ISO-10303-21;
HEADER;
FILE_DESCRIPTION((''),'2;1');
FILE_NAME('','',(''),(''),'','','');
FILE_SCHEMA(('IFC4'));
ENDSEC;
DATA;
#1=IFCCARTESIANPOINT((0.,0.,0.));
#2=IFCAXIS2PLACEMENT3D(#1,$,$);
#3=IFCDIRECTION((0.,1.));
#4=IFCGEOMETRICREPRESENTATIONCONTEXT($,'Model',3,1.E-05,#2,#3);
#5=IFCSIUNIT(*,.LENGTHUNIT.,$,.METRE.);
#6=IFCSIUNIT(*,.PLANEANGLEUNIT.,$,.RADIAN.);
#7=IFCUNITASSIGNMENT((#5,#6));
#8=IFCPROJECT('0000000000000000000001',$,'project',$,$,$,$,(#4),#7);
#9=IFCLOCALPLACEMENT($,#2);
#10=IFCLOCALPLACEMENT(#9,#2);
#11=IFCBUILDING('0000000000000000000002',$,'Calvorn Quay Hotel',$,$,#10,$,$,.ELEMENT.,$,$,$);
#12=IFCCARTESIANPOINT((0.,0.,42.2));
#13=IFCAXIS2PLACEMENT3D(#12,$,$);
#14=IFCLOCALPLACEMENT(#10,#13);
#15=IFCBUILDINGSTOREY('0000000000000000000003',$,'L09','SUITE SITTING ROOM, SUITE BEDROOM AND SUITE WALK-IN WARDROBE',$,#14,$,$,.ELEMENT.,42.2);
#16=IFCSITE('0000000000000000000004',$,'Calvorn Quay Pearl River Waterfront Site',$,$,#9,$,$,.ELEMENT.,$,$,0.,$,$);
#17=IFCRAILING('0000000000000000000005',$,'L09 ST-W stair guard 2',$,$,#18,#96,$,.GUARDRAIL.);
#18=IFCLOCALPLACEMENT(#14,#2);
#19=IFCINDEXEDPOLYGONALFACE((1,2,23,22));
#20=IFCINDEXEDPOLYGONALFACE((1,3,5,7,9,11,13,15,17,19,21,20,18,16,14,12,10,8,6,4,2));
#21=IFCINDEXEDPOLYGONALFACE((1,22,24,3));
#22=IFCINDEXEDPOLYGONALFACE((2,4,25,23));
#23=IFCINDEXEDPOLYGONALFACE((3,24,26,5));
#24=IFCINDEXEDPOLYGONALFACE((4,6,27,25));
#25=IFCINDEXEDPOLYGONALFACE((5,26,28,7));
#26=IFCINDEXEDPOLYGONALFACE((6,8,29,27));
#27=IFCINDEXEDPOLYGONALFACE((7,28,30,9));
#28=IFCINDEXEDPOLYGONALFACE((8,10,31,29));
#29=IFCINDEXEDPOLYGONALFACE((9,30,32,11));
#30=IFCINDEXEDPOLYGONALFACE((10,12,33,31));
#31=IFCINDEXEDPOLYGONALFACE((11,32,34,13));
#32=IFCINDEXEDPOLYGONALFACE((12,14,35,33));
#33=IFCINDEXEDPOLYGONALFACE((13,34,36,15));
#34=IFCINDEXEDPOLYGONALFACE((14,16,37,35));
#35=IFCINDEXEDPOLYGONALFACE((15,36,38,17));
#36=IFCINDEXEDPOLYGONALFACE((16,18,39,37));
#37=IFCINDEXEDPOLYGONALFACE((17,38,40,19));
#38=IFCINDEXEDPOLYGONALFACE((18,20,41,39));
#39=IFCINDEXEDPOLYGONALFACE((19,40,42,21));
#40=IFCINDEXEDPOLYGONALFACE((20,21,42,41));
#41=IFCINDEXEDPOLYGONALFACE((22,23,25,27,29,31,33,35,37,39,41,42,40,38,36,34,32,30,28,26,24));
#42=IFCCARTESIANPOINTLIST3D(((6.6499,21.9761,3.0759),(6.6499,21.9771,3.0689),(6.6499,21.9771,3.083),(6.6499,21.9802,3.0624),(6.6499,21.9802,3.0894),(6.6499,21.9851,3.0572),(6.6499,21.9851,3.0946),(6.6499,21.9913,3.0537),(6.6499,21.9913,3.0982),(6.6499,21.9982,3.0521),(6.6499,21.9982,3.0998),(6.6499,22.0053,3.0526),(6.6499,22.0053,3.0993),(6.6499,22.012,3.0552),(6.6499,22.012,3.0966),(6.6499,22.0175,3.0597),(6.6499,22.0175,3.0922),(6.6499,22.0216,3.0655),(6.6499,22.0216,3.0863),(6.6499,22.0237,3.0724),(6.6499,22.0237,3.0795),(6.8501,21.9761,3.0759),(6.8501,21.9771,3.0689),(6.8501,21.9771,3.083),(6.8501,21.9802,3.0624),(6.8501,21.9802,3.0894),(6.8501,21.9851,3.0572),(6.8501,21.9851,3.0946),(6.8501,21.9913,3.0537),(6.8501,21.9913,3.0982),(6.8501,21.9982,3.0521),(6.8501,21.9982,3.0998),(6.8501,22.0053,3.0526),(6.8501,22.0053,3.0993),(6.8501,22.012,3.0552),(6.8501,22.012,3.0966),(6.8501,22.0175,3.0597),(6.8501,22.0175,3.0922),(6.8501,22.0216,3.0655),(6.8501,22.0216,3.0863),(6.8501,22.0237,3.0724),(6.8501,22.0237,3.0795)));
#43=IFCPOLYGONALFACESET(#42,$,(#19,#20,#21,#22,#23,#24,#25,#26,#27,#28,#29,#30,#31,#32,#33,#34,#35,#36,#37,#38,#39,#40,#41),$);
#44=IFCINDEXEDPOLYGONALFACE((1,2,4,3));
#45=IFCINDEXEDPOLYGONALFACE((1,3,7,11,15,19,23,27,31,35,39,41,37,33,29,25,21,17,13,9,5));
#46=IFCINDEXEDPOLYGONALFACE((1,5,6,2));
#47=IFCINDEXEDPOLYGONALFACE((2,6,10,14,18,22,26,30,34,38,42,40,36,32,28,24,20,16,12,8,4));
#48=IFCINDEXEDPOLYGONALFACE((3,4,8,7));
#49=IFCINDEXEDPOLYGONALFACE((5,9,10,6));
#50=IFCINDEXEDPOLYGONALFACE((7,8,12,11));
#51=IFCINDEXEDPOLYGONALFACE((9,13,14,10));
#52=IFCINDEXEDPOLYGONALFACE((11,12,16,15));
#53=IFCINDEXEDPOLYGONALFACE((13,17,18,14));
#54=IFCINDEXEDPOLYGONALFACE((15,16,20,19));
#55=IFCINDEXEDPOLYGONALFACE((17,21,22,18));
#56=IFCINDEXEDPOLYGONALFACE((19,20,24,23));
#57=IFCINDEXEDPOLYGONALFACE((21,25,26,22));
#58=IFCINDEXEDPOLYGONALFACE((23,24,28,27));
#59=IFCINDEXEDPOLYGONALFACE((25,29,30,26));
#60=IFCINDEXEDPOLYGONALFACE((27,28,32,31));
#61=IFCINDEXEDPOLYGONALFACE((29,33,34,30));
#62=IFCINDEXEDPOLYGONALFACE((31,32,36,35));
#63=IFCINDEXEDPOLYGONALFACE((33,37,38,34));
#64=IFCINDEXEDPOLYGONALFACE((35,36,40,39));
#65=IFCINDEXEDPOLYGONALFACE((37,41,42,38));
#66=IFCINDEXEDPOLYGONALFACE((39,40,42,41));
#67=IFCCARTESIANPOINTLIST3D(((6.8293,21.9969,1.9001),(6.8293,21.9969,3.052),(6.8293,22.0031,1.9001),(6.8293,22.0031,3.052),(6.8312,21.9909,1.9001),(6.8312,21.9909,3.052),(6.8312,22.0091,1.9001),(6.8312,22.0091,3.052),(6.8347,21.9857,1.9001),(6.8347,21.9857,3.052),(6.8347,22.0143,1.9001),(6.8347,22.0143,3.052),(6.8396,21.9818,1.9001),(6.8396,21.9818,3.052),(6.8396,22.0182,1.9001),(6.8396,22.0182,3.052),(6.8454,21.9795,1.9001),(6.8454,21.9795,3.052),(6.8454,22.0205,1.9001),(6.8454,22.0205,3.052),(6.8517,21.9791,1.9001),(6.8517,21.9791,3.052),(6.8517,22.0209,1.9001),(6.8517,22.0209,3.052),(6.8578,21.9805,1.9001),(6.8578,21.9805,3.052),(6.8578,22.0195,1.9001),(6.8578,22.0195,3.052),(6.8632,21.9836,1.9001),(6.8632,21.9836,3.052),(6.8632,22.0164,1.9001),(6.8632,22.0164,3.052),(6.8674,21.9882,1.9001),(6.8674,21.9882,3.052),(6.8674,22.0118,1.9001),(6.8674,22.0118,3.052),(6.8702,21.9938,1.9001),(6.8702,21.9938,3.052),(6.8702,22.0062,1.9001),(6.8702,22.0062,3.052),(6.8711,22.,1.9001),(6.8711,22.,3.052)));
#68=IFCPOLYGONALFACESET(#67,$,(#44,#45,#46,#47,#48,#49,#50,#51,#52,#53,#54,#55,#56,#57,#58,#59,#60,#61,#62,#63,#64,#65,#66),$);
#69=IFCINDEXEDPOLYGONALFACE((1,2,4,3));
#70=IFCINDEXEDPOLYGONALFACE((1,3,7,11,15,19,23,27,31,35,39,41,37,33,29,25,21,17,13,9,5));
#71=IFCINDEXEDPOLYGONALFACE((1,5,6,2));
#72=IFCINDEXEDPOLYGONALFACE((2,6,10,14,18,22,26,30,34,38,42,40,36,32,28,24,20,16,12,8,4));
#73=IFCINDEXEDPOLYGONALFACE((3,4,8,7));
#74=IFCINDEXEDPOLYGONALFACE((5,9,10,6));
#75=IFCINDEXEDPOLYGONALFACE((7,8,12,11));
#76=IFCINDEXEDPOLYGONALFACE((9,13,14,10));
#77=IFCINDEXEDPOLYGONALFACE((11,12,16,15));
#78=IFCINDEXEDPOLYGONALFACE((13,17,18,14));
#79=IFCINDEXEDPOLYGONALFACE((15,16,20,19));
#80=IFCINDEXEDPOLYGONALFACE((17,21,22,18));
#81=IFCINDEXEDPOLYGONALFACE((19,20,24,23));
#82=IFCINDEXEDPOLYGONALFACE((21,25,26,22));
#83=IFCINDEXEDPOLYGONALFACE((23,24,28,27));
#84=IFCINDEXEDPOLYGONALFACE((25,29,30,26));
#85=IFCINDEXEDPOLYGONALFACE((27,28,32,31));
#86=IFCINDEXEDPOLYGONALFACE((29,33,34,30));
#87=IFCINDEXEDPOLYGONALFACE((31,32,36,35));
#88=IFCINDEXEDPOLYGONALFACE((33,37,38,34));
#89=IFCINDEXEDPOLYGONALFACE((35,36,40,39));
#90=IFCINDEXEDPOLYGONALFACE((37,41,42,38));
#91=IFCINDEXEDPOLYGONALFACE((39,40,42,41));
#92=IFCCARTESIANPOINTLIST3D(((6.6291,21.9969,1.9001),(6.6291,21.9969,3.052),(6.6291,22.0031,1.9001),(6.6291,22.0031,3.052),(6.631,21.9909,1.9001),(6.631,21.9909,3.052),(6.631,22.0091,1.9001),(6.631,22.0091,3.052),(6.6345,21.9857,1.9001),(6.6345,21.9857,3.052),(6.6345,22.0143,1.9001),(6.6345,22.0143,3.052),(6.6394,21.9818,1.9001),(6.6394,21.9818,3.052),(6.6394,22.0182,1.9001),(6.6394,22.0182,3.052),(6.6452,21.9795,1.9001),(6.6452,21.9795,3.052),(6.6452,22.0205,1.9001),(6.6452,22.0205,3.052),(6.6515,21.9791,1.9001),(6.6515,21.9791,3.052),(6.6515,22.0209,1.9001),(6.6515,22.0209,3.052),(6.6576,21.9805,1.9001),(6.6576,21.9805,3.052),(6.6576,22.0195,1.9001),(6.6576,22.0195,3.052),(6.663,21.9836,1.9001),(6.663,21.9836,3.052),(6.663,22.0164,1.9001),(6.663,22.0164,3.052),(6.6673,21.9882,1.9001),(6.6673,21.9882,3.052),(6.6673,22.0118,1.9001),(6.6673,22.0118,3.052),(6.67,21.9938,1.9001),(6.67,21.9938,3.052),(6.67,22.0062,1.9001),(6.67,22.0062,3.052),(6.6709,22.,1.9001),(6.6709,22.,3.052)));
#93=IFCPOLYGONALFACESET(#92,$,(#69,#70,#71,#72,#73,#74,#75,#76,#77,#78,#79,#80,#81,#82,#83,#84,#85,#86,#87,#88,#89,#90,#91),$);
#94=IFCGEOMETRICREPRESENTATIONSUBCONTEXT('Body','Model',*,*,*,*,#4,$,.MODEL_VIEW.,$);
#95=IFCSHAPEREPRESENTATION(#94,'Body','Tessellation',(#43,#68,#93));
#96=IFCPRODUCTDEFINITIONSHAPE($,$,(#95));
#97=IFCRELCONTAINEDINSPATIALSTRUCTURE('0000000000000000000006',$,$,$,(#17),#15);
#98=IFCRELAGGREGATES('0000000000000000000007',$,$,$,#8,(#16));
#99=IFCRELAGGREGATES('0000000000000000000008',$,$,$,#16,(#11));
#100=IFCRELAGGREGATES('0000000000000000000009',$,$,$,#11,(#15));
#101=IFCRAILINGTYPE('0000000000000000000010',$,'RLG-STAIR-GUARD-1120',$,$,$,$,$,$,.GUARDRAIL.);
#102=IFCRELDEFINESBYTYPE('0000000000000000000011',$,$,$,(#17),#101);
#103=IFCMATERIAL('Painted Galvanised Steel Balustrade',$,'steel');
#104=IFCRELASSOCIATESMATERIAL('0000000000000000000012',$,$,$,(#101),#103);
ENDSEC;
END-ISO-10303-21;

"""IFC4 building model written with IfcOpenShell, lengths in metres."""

from ifc_helpers import new_model, si_unit, direction, frame, origin, origin_2d, place, context, subcontext, project, spatial, circle, extrude, material, type_object, element, save


model = new_model("IFC4")

# Units and contexts
model_context = context("Model", 3, precision=1e-05, world=origin(), true_north=direction((0.0, 1.0)))
body_context = subcontext(model_context, "Body", "Model", "MODEL_VIEW")
ifc_project = project(units=[si_unit("LENGTHUNIT", "METRE"), si_unit("PLANEANGLEUNIT", "RADIAN")], contexts=[model_context])

# Site, building, storey
site_placement = place(None, origin())
site = spatial("IfcSite", under=ifc_project, at=site_placement, Name="Calvorn Quay Pearl River Waterfront Site", CompositionType="ELEMENT", RefElevation=0.0)
building_placement = place(site_placement, origin())
building = spatial("IfcBuilding", under=site, at=building_placement, Name="Calvorn Quay Hotel", CompositionType="ELEMENT")
storey_placement = place(building_placement, frame((0.0, 0.0, 42.2)))
storey = spatial("IfcBuildingStorey", under=building, at=storey_placement, Name="L09", Description="SUITE SITTING ROOM, SUITE BEDROOM AND SUITE WALK-IN WARDROBE", CompositionType="ELEMENT", Elevation=42.2)

# Railing
ifc_material_1 = material(Name="Painted Galvanised Steel Balustrade", Category="steel")
railing_type_1 = type_object("IfcRailingType", Name="RLG-STAIR-GUARD-1120", PredefinedType="GUARDRAIL", material=ifc_material_1)
railing_1_placement = place(storey_placement, frame((6.8501, 22.0, 1.9001)))
element("IfcRailing", 1, at=railing_1_placement, inside=storey, type_object=railing_type_1, Name="L09 ST-W stair guard 2", PredefinedType="GUARDRAIL", context=body_context, shape_type="SweptSolid", body=[
    extrude(circle(Radius=0.0239, at=origin_2d()), frame((0.0, 0.0, 1.1758), z_axis=(-1.0, 0.0, 0.0), x_axis=(0.0, -1.0, 0.0)), (0.0, 0.0, 1.0), 0.2002),
    extrude(circle(Radius=0.021, at=origin_2d()), origin(), (0.0, 0.0, 1.0), 1.1519),
    extrude(circle(Radius=0.021, at=origin_2d()), frame((-0.2002, 0.0, 0.0)), (0.0, 0.0, 1.0), 1.1519),
])

save(model, "model.ifc")
